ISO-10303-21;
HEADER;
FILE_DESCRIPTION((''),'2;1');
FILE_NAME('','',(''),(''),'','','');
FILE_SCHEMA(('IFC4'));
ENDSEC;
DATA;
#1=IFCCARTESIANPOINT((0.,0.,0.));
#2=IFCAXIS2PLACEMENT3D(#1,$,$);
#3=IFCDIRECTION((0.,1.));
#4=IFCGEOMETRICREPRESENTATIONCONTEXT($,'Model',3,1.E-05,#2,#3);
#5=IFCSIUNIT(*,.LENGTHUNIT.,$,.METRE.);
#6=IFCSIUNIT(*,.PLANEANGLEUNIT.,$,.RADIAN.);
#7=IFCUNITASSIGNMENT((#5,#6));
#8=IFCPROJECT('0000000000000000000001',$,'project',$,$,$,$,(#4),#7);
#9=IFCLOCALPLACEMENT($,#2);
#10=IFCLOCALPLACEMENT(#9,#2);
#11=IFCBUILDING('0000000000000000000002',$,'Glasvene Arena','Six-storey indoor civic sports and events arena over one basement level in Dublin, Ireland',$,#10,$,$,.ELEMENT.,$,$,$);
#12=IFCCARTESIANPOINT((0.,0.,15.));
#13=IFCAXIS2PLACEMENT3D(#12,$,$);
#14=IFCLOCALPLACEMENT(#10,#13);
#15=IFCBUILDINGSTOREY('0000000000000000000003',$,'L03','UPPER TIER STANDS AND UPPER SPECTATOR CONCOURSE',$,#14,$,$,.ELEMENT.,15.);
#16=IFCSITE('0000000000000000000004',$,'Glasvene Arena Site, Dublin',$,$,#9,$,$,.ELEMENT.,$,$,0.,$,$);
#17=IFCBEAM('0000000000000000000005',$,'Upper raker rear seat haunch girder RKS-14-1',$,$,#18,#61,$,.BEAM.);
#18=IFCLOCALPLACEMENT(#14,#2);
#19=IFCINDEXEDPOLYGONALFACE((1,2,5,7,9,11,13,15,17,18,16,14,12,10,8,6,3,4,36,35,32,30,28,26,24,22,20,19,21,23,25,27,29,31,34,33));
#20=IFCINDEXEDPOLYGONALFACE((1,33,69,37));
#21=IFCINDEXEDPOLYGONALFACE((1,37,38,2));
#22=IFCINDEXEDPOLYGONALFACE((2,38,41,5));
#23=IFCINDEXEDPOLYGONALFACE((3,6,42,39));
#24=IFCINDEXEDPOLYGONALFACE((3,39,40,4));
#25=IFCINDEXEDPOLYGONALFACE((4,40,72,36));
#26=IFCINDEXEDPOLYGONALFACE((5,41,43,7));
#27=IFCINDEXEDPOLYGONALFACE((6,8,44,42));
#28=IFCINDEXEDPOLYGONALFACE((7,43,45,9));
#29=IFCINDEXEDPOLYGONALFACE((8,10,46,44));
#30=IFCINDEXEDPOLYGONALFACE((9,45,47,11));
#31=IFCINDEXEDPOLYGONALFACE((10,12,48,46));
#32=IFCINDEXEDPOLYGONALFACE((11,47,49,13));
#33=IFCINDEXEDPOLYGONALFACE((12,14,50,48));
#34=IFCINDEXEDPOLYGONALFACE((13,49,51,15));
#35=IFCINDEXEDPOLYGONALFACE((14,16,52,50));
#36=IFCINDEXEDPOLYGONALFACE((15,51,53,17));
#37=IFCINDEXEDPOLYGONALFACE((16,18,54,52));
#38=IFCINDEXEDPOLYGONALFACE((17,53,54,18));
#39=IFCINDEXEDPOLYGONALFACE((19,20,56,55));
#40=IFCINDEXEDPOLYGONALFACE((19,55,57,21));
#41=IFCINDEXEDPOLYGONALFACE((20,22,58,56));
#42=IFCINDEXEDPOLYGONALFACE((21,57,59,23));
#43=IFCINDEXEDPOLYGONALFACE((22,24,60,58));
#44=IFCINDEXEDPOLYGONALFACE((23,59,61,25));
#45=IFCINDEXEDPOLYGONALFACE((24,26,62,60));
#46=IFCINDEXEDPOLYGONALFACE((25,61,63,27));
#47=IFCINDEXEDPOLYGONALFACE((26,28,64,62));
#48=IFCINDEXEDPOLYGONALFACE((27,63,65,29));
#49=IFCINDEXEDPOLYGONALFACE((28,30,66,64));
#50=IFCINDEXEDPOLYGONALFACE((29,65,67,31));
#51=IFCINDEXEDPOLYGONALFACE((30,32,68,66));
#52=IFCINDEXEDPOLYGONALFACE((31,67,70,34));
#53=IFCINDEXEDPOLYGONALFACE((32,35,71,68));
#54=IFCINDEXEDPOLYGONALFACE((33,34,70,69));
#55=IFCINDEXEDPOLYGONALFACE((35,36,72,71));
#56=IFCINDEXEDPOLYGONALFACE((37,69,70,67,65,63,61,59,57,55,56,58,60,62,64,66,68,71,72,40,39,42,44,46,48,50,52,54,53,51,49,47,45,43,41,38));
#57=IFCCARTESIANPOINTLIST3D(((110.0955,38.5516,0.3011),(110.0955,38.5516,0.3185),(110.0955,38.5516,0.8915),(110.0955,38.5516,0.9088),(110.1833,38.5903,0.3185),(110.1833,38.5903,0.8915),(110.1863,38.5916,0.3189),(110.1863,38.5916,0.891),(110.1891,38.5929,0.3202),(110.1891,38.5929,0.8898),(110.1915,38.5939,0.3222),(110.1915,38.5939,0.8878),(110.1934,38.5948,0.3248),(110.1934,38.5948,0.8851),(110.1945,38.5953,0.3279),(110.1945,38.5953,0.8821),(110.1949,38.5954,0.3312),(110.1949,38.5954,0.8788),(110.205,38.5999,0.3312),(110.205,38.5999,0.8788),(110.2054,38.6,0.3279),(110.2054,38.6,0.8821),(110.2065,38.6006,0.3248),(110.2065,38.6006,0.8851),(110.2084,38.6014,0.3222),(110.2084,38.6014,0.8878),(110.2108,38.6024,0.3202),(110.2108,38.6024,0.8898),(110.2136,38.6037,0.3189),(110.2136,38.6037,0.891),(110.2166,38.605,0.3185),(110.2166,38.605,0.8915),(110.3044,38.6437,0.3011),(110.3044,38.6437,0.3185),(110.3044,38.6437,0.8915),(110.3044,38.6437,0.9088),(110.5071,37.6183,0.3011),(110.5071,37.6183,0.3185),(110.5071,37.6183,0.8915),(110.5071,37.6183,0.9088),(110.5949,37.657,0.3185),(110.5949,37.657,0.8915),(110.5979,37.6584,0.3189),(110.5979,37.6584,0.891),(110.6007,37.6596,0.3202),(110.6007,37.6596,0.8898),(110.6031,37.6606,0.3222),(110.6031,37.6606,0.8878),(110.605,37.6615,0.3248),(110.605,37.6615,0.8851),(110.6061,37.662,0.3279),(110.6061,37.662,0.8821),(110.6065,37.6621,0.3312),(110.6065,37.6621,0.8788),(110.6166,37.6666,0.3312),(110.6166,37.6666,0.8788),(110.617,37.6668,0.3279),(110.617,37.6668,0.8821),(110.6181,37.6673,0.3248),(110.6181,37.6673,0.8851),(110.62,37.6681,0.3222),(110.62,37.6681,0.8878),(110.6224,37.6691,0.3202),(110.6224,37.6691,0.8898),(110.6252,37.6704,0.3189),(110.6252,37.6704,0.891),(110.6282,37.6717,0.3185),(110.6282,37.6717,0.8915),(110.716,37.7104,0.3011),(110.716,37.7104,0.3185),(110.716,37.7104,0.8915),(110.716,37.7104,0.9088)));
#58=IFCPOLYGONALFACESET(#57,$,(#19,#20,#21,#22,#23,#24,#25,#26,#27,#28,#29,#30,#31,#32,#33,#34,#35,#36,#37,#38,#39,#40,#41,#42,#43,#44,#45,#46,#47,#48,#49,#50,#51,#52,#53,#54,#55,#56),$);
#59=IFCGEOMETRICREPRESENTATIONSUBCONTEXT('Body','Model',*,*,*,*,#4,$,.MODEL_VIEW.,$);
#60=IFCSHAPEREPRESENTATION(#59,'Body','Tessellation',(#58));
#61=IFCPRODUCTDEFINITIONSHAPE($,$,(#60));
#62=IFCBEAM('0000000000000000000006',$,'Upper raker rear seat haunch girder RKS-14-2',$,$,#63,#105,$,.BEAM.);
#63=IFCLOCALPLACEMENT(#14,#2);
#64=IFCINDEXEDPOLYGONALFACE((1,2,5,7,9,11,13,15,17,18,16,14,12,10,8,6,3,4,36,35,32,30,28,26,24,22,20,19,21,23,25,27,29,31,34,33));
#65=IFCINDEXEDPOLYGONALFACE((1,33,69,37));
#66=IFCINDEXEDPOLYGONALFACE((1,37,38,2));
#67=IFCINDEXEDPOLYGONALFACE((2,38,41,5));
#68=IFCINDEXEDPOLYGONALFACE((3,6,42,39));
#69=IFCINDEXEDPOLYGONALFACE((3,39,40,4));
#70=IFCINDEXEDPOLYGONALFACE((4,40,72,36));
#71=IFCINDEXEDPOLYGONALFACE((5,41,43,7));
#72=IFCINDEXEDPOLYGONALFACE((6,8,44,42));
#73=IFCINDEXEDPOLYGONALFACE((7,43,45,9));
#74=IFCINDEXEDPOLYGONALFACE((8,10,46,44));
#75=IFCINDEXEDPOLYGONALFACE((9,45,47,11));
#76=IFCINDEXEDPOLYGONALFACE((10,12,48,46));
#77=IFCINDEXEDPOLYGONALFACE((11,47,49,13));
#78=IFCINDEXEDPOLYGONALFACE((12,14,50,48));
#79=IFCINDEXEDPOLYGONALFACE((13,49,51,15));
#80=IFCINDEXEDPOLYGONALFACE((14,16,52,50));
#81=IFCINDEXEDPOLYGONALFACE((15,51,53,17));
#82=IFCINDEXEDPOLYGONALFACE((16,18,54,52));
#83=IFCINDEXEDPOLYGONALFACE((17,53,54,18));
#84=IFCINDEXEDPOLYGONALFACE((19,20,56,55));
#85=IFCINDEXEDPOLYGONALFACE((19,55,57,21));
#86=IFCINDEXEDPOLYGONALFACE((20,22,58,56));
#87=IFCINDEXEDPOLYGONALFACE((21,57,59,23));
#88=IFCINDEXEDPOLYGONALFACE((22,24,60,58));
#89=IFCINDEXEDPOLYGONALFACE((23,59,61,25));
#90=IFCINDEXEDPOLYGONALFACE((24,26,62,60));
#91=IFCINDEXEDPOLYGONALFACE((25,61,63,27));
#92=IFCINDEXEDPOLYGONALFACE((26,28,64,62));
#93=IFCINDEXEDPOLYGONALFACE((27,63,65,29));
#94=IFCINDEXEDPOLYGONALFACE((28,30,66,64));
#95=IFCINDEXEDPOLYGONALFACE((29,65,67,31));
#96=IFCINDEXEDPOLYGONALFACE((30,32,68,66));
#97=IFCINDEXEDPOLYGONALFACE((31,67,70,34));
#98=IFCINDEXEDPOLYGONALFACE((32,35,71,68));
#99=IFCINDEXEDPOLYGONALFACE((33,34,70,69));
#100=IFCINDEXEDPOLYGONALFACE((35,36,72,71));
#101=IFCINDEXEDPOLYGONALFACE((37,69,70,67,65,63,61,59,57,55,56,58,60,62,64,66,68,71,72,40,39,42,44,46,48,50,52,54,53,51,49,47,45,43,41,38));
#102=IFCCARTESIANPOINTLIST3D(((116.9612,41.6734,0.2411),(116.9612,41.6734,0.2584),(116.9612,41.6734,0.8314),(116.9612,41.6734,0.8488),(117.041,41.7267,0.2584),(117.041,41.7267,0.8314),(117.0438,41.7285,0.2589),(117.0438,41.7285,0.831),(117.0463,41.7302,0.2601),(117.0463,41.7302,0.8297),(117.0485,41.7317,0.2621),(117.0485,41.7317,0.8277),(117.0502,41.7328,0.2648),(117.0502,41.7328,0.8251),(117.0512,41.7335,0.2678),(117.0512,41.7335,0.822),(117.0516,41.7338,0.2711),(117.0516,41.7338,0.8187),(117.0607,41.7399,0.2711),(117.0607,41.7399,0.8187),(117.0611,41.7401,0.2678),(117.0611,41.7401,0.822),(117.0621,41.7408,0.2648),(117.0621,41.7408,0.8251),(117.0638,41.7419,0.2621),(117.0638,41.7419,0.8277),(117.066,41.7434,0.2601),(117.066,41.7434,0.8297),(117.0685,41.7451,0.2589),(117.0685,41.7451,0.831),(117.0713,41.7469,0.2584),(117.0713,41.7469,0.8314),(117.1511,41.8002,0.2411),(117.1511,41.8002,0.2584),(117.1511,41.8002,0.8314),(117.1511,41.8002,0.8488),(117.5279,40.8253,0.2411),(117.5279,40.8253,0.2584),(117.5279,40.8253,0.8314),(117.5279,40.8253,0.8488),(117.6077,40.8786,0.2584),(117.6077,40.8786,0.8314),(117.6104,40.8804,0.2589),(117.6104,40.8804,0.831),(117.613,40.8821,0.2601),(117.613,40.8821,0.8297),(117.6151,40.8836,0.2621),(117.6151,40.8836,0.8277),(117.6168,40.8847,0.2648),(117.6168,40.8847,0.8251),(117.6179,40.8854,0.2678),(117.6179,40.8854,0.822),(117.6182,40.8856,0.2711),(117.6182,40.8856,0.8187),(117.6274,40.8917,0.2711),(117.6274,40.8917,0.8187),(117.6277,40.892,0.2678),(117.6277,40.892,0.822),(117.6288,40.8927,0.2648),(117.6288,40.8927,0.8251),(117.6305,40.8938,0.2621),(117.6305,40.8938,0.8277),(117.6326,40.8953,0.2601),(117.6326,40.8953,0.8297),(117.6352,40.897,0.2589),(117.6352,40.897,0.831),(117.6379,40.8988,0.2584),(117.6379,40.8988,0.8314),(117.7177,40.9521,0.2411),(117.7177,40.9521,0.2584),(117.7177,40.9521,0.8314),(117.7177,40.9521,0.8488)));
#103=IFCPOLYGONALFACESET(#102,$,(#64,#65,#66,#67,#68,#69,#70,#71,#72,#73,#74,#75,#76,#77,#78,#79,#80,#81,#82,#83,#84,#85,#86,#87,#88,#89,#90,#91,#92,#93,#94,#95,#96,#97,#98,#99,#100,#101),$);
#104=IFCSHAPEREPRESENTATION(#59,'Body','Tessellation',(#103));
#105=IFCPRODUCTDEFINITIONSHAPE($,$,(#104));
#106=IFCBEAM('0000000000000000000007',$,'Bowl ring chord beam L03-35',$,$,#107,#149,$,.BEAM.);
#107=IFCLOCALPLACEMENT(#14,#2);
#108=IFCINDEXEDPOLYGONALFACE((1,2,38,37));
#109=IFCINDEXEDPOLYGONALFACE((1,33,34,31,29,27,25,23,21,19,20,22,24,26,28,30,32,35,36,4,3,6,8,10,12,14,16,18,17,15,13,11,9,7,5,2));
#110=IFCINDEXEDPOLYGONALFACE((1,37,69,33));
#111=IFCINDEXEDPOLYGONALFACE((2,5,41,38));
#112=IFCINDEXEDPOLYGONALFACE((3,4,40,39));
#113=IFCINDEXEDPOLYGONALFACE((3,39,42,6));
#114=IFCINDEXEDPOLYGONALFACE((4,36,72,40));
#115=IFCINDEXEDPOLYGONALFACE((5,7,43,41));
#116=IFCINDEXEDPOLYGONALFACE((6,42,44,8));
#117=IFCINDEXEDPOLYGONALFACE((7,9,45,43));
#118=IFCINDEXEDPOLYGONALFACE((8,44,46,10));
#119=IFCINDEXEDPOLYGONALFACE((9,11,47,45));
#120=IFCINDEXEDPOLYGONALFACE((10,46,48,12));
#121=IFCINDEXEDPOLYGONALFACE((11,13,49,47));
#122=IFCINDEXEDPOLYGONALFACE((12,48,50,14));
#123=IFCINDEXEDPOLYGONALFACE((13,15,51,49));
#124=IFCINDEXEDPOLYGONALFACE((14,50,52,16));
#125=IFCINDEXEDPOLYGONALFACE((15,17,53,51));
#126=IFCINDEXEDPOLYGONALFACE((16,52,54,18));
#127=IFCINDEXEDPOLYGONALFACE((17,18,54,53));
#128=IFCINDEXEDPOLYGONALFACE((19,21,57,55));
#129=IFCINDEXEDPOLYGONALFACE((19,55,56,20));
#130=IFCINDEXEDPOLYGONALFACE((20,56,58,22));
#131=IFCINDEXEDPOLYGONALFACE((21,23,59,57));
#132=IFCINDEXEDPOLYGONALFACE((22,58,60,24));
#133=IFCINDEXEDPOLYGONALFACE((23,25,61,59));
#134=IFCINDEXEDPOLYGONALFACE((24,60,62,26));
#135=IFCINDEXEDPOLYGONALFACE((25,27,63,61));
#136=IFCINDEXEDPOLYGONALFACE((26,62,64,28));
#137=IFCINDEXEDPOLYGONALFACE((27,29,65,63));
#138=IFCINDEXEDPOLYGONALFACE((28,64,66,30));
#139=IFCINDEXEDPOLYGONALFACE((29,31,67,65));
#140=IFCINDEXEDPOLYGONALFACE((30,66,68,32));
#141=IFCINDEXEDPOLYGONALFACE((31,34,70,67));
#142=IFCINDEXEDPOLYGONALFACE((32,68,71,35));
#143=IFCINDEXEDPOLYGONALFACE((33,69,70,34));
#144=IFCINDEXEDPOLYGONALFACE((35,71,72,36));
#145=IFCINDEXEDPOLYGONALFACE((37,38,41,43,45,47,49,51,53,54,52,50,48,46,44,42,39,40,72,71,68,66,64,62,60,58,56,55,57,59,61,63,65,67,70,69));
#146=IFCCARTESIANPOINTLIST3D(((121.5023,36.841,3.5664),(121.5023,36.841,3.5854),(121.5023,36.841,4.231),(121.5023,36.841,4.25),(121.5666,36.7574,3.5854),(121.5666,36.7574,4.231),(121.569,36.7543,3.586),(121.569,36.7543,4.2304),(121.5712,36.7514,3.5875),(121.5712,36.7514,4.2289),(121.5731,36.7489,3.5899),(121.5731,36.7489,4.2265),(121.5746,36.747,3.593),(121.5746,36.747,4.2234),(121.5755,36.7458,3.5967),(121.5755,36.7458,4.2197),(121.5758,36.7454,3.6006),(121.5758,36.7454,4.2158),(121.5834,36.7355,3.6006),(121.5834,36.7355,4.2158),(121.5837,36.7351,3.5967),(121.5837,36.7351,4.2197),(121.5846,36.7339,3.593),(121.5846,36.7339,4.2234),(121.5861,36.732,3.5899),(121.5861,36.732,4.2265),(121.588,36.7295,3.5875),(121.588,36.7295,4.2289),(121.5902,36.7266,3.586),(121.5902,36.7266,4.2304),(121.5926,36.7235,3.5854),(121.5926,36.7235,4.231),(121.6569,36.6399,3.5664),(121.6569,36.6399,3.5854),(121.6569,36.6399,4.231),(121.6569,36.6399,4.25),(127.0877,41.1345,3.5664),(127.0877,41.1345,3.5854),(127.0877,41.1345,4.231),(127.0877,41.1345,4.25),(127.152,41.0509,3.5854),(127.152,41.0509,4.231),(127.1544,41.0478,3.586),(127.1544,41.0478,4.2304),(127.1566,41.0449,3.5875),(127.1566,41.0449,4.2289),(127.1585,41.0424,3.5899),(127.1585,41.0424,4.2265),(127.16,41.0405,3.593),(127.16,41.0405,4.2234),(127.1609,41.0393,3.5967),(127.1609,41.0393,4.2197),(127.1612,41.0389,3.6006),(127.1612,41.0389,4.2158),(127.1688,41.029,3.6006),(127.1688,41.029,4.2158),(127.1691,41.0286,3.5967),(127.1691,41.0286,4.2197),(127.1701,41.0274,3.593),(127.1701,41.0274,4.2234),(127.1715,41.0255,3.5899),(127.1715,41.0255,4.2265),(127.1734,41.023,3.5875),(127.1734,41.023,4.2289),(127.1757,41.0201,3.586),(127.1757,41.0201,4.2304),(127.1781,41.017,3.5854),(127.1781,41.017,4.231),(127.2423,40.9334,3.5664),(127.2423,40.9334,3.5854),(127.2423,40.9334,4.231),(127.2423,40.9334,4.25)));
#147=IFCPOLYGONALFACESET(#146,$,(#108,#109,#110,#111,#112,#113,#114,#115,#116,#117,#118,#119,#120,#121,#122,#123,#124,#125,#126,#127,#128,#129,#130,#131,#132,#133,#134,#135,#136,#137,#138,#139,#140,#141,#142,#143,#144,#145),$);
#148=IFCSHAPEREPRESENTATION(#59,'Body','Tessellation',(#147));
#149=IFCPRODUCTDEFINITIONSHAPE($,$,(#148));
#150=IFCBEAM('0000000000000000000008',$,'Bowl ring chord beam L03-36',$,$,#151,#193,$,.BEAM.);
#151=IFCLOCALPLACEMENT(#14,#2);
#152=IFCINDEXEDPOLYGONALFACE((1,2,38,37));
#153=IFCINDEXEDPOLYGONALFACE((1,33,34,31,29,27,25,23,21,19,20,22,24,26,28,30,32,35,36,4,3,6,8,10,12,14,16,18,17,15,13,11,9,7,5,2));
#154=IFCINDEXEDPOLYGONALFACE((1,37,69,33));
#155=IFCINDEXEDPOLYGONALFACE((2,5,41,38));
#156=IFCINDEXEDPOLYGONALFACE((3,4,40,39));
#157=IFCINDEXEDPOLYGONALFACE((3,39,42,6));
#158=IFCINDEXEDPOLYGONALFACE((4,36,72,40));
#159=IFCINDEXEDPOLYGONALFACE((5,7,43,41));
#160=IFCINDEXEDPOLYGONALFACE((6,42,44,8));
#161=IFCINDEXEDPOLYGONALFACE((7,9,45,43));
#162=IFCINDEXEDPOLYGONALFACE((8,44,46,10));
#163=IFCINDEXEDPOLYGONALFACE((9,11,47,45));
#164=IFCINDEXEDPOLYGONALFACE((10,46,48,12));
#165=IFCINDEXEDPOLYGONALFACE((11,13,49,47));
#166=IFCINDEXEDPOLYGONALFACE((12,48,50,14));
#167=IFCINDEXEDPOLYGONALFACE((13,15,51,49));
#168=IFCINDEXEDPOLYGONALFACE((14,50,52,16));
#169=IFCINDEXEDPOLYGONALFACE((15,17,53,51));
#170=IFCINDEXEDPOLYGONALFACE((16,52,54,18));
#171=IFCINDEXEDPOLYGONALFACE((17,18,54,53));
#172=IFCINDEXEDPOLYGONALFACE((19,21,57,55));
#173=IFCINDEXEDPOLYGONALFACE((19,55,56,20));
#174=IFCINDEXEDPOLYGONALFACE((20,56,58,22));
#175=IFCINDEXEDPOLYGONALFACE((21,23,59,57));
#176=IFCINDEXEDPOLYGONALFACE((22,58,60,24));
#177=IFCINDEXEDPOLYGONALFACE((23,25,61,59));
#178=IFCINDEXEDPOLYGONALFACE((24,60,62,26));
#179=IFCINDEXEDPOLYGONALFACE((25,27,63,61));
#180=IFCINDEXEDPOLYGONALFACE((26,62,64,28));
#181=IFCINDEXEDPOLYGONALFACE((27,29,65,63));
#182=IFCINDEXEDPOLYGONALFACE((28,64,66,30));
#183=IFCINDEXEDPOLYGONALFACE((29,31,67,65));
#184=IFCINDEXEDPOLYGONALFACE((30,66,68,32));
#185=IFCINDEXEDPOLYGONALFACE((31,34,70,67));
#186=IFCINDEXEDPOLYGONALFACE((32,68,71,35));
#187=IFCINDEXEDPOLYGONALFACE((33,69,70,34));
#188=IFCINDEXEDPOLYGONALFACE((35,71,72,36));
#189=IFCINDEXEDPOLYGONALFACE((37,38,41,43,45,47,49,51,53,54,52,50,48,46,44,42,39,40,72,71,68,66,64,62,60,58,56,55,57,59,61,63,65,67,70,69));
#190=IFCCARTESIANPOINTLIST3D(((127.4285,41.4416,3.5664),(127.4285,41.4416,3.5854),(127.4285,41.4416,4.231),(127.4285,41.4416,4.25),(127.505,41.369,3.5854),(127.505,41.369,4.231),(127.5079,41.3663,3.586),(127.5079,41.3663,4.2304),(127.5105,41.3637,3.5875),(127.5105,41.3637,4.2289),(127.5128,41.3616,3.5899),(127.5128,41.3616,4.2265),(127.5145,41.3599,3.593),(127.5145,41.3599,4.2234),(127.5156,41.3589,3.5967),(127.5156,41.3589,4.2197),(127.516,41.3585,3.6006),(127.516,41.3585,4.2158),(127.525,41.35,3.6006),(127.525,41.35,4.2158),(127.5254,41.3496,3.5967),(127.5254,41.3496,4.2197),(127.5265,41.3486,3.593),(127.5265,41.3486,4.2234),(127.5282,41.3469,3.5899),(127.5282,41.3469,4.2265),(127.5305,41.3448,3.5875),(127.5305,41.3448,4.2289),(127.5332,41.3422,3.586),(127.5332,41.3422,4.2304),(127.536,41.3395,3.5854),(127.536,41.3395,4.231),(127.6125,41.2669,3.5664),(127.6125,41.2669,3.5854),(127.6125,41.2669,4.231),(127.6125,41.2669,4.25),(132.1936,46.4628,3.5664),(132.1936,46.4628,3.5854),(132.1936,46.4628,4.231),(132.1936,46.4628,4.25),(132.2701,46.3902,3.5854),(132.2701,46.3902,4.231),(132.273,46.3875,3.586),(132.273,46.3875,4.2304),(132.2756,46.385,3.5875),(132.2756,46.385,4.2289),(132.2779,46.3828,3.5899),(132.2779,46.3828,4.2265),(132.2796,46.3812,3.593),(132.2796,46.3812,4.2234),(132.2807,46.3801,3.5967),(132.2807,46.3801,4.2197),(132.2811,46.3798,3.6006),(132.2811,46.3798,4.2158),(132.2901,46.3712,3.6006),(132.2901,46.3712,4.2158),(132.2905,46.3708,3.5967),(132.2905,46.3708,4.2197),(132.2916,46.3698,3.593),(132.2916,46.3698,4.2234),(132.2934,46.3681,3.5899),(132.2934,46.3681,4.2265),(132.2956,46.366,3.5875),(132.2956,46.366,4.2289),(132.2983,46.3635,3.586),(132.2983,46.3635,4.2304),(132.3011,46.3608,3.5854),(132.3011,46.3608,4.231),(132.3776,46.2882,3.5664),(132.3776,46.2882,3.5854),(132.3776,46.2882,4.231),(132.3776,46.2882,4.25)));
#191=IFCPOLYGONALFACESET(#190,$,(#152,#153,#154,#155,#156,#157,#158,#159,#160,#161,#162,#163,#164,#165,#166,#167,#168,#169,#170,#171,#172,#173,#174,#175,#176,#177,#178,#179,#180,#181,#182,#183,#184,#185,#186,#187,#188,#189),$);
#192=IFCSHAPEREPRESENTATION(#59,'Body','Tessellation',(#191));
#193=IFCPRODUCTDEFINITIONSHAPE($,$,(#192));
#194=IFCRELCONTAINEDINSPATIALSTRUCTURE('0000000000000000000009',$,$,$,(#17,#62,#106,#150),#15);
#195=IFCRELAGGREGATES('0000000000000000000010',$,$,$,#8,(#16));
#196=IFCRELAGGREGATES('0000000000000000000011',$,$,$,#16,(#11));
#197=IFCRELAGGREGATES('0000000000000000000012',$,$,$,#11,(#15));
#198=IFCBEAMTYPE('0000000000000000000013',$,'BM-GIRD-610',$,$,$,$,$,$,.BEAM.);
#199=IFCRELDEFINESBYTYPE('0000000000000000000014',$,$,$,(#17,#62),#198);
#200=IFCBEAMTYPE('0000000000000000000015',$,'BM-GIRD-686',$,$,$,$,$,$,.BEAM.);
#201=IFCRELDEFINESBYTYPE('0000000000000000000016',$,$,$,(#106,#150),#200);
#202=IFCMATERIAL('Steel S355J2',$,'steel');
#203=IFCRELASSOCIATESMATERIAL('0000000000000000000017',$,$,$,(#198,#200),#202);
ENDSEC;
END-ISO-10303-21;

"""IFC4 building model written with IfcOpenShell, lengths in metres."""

from ifc_helpers import new_model, si_unit, direction, frame, origin, origin_2d, place, context, subcontext, project, spatial, i_section, extrude, material, material_profile, profile_set, type_object, element, save


model = new_model("IFC4")

# Units and contexts
model_context = context("Model", 3, precision=1e-05, world=origin(), true_north=direction((0.0, 1.0)))
body_context = subcontext(model_context, "Body", "Model", "MODEL_VIEW")
ifc_project = project(units=[si_unit("LENGTHUNIT", "METRE"), si_unit("PLANEANGLEUNIT", "RADIAN")], contexts=[model_context])

# Site, building, storey
site_placement = place(None, origin())
site = spatial("IfcSite", under=ifc_project, at=site_placement, Name="Glasvene Arena Site, Dublin", CompositionType="ELEMENT", RefElevation=0.0)
building_placement = place(site_placement, origin())
building = spatial("IfcBuilding", under=site, at=building_placement, Name="Glasvene Arena", Description="Six-storey indoor civic sports and events arena over one basement level in Dublin, Ireland", CompositionType="ELEMENT")
storey_placement = place(building_placement, frame((0.0, 0.0, 15.0)))
storey = spatial("IfcBuildingStorey", under=building, at=storey_placement, Name="L03", Description="UPPER TIER STANDS AND UPPER SPECTATOR CONCOURSE", CompositionType="ELEMENT", Elevation=15.0)

# Shared definitions
ifc_material_1 = material(Name="Steel S355J2", Category="steel")

# Beams
ifc_material_profile_1 = material_profile(ifc_material_1, i_section(OverallWidth=0.2283, OverallDepth=0.6077, WebThickness=0.011, FlangeThickness=0.0173, FilletRadius=0.0127, at=origin_2d()), Name="UKB 610x229x113")
ifc_profile_set_1 = profile_set([ifc_material_profile_1], Name="Steel S355J2")
beam_type_1 = type_object("IfcBeamType", Name="BM-GIRD-610", PredefinedType="BEAM", material=ifc_profile_set_1)
for number, where, z_axis, x_axis, name in (
    (1, (110.2, 38.5977, 0.605), (0.403516, -0.914972, 0.0), (0.914972, 0.403516, 0.0), "Upper raker rear seat haunch girder RKS-14-1"),
    (2, (117.0562, 41.7368, 0.5449), (0.555528, -0.831498, 0.0), (0.831498, 0.555528, 0.0), "Upper raker rear seat haunch girder RKS-14-2"),
):
    element("IfcBeam", number, at=place(storey_placement, frame(where, z_axis=z_axis, x_axis=x_axis)), inside=storey, type_object=beam_type_1, Name=name, PredefinedType="BEAM", context=body_context, shape_type="SweptSolid", body=[
        extrude(i_section(OverallWidth=0.2283, OverallDepth=0.6077, WebThickness=0.011, FlangeThickness=0.0173, FilletRadius=0.0127, at=origin_2d()), origin(), (0.0, 0.0, 1.0), 1.02),
    ])
ifc_material_profile_2 = material_profile(ifc_material_1, i_section(OverallWidth=0.2537, OverallDepth=0.6836, WebThickness=0.0125, FlangeThickness=0.019, FilletRadius=0.0151, at=origin_2d()), Name="UKB 686x254x140")
ifc_profile_set_2 = profile_set([ifc_material_profile_2], Name="Steel S355J2")
beam_type_2 = type_object("IfcBeamType", Name="BM-GIRD-686", PredefinedType="BEAM", material=ifc_profile_set_2)
beam_1_placement = place(storey_placement, frame((121.5796, 36.7405, 3.9082), z_axis=(0.792833, 0.609439, 0.0), x_axis=(-0.609439, 0.792833, 0.0)))
element("IfcBeam", 3, at=beam_1_placement, inside=storey, type_object=beam_type_2, Name="Bowl ring chord beam L03-35", PredefinedType="BEAM", context=body_context, shape_type="SweptSolid", body=[
    extrude(i_section(OverallWidth=0.2537, OverallDepth=0.6836, WebThickness=0.0125, FlangeThickness=0.019, FilletRadius=0.0151, at=origin_2d()), origin(), (0.0, 0.0, 1.0), 7.0449),
])
beam_2_placement = place(storey_placement, frame((127.5205, 41.3542, 3.9082), z_axis=(0.688367, 0.725363, 0.0), x_axis=(-0.725363, 0.688367, 0.0)))
element("IfcBeam", 4, at=beam_2_placement, inside=storey, type_object=beam_type_2, Name="Bowl ring chord beam L03-36", PredefinedType="BEAM", context=body_context, shape_type="SweptSolid", body=[
    extrude(i_section(OverallWidth=0.2537, OverallDepth=0.6836, WebThickness=0.0125, FlangeThickness=0.019, FilletRadius=0.0151, at=origin_2d()), origin(), (0.0, 0.0, 1.0), 6.9224),
])

save(model, "model.ifc")
